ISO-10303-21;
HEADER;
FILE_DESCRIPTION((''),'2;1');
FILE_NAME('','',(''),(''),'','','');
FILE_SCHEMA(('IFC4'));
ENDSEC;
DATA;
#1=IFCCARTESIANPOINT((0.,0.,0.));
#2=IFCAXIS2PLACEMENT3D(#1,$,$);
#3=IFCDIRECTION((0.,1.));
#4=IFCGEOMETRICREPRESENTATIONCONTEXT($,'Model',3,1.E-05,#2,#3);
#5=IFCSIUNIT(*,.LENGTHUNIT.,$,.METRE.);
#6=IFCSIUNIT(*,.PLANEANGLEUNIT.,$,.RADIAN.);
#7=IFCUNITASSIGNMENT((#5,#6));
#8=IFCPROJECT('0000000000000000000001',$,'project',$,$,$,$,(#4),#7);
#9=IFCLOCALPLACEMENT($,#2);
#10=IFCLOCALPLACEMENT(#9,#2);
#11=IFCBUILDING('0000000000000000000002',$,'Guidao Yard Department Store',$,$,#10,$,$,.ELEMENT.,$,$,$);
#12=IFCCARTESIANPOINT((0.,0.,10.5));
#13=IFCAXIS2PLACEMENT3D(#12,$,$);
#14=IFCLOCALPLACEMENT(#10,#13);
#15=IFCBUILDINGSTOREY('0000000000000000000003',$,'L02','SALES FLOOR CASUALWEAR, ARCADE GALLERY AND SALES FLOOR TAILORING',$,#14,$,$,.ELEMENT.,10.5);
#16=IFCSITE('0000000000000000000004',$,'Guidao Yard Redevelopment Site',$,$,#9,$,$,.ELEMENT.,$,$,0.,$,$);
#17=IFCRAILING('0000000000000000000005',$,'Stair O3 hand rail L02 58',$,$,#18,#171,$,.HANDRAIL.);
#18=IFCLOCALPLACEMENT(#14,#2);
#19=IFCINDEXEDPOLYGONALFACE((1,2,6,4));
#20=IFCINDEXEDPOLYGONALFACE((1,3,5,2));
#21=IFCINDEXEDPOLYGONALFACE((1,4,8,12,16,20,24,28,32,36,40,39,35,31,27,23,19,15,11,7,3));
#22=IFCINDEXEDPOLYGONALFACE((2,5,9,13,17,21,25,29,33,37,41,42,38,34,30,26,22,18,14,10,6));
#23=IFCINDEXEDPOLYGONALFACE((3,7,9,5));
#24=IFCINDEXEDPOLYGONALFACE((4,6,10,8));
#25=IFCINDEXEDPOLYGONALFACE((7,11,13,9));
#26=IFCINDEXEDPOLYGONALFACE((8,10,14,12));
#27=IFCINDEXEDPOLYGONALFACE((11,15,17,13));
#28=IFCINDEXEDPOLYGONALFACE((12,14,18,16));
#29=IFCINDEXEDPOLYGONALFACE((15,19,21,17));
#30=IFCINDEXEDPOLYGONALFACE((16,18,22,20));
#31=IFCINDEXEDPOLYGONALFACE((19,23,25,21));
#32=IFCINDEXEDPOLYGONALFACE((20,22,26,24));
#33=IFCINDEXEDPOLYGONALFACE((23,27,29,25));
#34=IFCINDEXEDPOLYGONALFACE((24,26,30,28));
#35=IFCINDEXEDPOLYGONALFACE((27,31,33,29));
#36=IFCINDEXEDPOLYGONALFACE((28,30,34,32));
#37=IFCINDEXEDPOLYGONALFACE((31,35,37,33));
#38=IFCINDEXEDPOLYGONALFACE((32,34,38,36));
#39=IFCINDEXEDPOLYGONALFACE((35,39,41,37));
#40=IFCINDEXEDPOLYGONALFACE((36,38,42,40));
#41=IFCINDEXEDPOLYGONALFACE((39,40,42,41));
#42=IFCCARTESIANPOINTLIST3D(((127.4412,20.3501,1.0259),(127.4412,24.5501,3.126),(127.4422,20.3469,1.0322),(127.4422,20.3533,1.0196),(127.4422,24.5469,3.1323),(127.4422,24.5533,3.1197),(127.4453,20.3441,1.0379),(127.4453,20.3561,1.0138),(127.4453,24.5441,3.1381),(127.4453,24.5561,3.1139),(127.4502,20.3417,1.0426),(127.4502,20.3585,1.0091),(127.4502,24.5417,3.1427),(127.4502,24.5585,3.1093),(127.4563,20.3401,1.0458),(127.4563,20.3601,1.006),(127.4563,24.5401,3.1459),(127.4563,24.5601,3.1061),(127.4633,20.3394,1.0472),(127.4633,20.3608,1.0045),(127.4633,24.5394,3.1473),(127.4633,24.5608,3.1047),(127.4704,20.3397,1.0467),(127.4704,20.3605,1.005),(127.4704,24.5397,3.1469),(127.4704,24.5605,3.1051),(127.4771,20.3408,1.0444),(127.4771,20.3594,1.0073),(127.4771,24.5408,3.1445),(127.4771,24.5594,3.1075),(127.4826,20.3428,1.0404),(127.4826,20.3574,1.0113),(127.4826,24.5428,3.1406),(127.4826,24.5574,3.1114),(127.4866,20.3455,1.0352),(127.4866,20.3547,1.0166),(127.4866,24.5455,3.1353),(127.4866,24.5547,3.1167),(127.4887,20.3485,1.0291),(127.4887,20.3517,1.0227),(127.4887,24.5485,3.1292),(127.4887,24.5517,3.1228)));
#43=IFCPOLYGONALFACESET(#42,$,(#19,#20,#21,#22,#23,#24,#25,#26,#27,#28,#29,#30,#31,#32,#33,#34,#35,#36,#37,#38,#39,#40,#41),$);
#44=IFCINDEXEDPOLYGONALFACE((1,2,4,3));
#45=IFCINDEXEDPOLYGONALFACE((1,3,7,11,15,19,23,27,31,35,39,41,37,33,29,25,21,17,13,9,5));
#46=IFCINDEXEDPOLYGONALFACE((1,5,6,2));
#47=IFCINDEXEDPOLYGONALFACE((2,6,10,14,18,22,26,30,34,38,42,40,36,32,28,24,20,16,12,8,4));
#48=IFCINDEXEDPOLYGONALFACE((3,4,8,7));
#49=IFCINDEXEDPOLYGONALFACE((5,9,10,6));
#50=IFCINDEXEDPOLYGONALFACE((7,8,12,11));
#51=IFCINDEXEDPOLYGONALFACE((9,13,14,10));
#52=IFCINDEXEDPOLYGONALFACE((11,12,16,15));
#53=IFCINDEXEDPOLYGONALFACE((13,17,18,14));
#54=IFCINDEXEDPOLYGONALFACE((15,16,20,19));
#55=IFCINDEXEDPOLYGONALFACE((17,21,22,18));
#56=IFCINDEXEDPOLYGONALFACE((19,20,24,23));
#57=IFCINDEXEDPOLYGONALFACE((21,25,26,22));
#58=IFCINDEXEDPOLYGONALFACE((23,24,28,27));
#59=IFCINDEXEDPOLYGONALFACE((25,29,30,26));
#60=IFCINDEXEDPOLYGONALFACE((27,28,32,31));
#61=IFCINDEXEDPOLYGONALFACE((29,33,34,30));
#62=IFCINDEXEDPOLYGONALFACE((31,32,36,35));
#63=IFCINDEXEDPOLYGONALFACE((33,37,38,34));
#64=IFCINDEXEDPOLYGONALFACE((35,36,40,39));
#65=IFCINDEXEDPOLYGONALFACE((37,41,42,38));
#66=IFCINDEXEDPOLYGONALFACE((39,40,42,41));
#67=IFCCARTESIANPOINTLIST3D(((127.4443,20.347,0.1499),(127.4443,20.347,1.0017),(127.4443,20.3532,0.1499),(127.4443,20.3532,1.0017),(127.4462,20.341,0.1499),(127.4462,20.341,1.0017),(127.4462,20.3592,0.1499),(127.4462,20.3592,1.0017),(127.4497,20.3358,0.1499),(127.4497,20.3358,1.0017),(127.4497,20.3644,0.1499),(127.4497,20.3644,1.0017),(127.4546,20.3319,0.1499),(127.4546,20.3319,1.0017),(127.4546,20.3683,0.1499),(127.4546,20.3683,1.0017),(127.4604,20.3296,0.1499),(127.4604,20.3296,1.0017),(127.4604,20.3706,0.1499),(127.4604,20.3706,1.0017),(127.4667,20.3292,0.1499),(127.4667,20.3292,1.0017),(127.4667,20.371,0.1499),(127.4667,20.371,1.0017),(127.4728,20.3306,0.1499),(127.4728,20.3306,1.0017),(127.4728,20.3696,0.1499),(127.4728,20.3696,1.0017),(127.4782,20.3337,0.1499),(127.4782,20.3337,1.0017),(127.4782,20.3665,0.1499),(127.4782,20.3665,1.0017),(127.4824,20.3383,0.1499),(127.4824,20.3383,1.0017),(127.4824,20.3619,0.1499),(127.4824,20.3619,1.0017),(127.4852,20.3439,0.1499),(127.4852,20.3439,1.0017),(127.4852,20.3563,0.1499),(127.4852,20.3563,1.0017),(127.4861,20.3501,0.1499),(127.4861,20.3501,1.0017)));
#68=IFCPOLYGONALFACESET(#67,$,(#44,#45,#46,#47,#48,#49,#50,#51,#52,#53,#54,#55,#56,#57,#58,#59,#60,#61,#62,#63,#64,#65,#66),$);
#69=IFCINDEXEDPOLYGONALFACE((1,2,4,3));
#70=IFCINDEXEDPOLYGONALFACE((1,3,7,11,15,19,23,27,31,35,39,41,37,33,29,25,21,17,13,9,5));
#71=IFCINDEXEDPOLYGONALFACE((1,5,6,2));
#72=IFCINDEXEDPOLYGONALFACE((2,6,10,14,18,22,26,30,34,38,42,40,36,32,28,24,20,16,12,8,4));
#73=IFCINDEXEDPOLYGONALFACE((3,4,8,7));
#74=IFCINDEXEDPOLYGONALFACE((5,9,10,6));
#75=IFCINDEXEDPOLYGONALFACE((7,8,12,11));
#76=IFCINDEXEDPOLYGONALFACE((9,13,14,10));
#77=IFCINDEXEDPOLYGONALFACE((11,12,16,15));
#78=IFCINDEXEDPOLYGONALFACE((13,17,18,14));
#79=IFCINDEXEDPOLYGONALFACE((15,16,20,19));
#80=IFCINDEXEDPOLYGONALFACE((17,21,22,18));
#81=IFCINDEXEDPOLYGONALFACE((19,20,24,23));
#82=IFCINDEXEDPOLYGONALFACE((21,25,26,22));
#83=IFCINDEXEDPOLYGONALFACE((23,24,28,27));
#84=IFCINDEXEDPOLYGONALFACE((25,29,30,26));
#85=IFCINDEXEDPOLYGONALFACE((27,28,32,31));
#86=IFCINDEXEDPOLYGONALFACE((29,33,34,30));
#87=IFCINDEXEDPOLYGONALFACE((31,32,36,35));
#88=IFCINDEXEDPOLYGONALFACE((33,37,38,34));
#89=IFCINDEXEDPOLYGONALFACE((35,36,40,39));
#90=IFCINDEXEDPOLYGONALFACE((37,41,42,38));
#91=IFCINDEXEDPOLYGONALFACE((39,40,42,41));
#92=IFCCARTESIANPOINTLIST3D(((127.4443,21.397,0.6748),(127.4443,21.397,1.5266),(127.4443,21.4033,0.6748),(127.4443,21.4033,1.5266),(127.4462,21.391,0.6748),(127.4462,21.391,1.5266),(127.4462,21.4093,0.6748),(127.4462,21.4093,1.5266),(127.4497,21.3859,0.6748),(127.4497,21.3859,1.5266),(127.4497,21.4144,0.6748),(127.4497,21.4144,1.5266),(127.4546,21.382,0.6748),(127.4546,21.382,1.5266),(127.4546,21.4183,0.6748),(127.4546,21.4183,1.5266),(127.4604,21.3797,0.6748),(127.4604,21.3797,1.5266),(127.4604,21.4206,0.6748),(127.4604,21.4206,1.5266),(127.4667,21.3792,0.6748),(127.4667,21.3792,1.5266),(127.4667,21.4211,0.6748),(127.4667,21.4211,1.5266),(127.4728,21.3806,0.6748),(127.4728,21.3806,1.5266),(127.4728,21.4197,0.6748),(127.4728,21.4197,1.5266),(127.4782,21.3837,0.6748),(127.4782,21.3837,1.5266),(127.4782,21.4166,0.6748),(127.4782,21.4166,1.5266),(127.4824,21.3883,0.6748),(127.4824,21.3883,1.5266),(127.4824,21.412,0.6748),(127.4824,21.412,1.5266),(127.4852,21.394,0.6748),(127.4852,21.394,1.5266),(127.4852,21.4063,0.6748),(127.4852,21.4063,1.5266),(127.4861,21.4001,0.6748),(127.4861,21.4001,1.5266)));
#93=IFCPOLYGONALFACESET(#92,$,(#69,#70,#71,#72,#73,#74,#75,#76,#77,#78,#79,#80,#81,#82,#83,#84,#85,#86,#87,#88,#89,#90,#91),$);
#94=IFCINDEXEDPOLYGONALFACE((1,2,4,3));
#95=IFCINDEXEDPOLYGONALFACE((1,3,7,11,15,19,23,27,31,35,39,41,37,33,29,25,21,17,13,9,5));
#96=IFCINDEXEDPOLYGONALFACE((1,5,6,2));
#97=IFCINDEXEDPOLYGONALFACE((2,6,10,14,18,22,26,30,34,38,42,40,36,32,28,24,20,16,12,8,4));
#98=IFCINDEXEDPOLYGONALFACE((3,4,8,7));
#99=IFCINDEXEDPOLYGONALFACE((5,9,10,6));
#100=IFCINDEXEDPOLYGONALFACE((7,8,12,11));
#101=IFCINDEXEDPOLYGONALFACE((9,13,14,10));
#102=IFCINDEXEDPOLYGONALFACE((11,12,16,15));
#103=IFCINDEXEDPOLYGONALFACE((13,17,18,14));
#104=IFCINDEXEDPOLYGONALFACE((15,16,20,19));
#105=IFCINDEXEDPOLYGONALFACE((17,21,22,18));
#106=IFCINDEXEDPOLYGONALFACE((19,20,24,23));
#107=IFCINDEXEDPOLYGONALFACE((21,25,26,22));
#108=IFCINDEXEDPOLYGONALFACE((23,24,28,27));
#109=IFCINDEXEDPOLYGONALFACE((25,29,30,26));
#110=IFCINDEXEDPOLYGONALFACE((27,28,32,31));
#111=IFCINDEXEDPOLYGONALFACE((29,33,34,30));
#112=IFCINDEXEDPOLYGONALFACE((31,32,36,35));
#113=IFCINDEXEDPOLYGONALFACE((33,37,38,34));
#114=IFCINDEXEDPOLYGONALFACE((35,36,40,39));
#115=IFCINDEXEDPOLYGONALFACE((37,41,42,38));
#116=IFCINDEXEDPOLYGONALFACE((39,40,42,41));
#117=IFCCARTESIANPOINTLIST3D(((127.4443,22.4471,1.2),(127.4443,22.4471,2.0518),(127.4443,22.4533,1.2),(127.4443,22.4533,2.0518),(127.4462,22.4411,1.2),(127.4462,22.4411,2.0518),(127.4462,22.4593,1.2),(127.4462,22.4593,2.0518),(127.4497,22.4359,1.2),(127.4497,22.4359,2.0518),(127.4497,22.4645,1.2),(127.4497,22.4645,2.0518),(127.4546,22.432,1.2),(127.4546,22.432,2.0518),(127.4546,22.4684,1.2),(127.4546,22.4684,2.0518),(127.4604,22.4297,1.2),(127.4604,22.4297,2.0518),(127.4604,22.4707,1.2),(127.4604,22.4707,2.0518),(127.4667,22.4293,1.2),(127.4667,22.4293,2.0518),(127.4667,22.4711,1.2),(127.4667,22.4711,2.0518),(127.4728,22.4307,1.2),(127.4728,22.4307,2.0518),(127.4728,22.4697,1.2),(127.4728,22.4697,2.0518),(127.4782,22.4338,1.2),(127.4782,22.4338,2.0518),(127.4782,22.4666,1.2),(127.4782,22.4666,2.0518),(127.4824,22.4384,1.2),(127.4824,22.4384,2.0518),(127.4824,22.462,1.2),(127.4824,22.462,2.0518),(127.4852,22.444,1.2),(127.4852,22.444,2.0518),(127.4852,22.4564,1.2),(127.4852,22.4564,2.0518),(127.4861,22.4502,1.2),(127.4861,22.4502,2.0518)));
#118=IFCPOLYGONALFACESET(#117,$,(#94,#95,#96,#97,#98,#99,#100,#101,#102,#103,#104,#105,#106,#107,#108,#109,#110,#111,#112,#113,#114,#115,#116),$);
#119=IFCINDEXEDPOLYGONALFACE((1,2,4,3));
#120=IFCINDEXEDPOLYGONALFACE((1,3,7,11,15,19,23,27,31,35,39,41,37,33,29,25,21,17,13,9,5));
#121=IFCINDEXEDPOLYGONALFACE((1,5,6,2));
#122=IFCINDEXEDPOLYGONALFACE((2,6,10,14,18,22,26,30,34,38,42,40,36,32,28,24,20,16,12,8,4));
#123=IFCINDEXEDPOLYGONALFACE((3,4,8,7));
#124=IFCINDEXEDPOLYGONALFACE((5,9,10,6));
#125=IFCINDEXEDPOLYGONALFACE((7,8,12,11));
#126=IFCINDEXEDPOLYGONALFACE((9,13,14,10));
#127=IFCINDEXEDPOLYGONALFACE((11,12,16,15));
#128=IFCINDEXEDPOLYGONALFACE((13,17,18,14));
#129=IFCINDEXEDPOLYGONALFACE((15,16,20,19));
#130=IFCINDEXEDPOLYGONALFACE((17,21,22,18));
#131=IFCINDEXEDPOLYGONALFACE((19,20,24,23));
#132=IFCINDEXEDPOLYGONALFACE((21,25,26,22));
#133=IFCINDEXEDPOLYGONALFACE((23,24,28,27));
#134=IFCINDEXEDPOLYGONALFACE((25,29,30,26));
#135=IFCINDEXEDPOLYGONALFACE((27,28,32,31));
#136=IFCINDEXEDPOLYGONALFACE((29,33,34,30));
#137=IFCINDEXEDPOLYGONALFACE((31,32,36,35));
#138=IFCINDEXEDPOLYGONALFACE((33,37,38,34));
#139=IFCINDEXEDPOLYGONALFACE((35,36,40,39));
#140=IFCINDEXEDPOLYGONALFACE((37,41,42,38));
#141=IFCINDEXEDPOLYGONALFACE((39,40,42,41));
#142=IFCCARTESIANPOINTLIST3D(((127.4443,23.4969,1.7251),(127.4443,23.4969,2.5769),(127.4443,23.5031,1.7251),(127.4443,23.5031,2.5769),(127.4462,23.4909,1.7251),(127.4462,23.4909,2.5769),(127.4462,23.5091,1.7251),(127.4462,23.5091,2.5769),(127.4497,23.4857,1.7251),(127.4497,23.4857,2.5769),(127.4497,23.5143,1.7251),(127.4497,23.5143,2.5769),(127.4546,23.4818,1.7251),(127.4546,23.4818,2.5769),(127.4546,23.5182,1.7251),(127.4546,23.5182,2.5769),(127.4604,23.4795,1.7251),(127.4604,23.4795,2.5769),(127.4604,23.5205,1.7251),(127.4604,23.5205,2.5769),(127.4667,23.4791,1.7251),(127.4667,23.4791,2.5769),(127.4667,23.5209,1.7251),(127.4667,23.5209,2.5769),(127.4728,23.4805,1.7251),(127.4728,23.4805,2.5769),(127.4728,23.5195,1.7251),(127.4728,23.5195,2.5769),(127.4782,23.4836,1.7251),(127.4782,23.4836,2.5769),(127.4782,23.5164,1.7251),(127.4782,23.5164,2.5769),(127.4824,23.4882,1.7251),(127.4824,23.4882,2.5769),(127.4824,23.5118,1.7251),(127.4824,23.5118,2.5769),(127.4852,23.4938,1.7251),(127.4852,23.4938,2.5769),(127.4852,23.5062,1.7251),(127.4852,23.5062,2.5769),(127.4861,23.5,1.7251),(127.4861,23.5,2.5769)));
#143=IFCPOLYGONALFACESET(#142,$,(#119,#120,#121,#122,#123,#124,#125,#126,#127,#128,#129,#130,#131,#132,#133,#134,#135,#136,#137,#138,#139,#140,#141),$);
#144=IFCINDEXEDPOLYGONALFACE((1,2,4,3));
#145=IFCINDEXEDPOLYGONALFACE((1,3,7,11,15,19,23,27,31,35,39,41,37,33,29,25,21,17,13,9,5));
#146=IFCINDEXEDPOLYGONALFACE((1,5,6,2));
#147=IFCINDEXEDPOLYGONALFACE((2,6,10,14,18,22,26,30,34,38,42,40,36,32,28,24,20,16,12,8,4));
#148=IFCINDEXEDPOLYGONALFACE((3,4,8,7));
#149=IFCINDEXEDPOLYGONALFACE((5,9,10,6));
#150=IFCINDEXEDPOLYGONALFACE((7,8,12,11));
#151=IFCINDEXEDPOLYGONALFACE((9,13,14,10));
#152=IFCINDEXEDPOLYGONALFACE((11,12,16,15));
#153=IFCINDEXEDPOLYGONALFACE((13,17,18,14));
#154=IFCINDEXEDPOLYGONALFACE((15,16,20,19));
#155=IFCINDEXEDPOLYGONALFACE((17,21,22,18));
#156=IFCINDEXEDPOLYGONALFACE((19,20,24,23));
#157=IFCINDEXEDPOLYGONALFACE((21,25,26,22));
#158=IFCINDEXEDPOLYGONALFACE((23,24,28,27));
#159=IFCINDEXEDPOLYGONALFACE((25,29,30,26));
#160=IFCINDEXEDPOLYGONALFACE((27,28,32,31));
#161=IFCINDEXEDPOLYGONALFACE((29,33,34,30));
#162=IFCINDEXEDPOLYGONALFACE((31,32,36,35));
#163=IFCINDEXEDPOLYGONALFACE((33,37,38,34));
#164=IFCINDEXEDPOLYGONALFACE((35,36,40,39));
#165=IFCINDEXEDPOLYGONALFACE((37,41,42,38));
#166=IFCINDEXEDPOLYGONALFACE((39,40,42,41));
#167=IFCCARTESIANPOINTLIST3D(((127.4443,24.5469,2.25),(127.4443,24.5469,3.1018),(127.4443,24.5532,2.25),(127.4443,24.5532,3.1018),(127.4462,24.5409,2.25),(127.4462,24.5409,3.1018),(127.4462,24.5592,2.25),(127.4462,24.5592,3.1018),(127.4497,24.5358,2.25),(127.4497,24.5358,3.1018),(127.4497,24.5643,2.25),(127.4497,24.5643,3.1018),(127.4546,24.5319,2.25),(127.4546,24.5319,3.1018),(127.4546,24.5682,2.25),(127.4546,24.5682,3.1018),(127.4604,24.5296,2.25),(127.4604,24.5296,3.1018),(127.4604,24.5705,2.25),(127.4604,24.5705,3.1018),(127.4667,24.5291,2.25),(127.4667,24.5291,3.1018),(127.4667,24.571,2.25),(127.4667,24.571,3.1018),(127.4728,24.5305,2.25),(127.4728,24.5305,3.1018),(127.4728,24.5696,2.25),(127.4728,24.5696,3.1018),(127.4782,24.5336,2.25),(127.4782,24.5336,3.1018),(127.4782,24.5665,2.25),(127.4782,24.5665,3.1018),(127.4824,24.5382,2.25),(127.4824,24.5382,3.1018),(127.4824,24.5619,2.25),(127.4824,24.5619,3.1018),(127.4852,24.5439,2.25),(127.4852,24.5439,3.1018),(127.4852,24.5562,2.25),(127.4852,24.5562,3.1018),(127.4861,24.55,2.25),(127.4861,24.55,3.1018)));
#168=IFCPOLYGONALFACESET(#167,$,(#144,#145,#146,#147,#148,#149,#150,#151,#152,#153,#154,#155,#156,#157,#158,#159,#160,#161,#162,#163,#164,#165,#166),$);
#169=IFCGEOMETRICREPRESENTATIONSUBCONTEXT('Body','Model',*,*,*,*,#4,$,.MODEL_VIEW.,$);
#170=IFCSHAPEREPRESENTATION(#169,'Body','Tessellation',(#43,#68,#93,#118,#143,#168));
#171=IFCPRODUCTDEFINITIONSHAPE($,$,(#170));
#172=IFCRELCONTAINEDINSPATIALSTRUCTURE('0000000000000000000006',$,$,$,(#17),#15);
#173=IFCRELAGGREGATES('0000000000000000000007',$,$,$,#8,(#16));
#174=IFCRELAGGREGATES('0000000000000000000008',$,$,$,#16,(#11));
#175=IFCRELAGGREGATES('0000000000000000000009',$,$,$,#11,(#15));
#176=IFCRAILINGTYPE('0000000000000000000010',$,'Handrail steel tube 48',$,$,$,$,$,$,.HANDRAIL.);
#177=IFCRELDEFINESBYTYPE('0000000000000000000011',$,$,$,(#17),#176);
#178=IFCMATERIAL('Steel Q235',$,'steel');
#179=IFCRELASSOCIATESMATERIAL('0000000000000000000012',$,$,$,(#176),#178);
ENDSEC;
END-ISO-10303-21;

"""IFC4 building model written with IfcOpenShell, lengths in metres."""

from ifc_helpers import new_model, si_unit, direction, frame, origin, origin_2d, place, context, subcontext, project, spatial, circle, extrude, material, type_object, element, save


model = new_model("IFC4")

# Units and contexts
model_context = context("Model", 3, precision=1e-05, world=origin(), true_north=direction((0.0, 1.0)))
body_context = subcontext(model_context, "Body", "Model", "MODEL_VIEW")
ifc_project = project(units=[si_unit("LENGTHUNIT", "METRE"), si_unit("PLANEANGLEUNIT", "RADIAN")], contexts=[model_context])

# Site, building, storey
site_placement = place(None, origin())
site = spatial("IfcSite", under=ifc_project, at=site_placement, Name="Guidao Yard Redevelopment Site", CompositionType="ELEMENT", RefElevation=0.0)
building_placement = place(site_placement, origin())
building = spatial("IfcBuilding", under=site, at=building_placement, Name="Guidao Yard Department Store", CompositionType="ELEMENT")
storey_placement = place(building_placement, frame((0.0, 0.0, 10.5)))
storey = spatial("IfcBuildingStorey", under=building, at=storey_placement, Name="L02", Description="SALES FLOOR CASUALWEAR, ARCADE GALLERY AND SALES FLOOR TAILORING", CompositionType="ELEMENT", Elevation=10.5)

# Railing
ifc_material_1 = material(Name="Steel Q235", Category="steel")
railing_type_1 = type_object("IfcRailingType", Name="Handrail steel tube 48", PredefinedType="HANDRAIL", material=ifc_material_1)
railing_1_placement = place(storey_placement, frame((127.4651, 20.3501, 0.1499)))
element("IfcRailing", 1, at=railing_1_placement, inside=storey, type_object=railing_type_1, Name="Stair O3 hand rail L02 58", PredefinedType="HANDRAIL", context=body_context, shape_type="SweptSolid", body=[
    extrude(circle(Radius=0.0239, at=origin_2d()), frame((0.0, 0.0, 0.876), z_axis=(0.0, 0.894417, 0.447234), x_axis=(-1.0, 0.0, 0.0)), (0.0, 0.0, 1.0), 4.6958),
    extrude(circle(Radius=0.021, at=origin_2d()), origin(), (0.0, 0.0, 1.0), 0.8518),
    extrude(circle(Radius=0.021, at=origin_2d()), frame((0.0, 1.05, 0.5249)), (0.0, 0.0, 1.0), 0.8518),
    extrude(circle(Radius=0.021, at=origin_2d()), frame((0.0, 2.1001, 1.05)), (0.0, 0.0, 1.0), 0.8518),
    extrude(circle(Radius=0.021, at=origin_2d()), frame((0.0, 3.1499, 1.5752)), (0.0, 0.0, 1.0), 0.8518),
    extrude(circle(Radius=0.021, at=origin_2d()), frame((0.0, 4.2, 2.1001)), (0.0, 0.0, 1.0), 0.8518),
])

save(model, "model.ifc")
